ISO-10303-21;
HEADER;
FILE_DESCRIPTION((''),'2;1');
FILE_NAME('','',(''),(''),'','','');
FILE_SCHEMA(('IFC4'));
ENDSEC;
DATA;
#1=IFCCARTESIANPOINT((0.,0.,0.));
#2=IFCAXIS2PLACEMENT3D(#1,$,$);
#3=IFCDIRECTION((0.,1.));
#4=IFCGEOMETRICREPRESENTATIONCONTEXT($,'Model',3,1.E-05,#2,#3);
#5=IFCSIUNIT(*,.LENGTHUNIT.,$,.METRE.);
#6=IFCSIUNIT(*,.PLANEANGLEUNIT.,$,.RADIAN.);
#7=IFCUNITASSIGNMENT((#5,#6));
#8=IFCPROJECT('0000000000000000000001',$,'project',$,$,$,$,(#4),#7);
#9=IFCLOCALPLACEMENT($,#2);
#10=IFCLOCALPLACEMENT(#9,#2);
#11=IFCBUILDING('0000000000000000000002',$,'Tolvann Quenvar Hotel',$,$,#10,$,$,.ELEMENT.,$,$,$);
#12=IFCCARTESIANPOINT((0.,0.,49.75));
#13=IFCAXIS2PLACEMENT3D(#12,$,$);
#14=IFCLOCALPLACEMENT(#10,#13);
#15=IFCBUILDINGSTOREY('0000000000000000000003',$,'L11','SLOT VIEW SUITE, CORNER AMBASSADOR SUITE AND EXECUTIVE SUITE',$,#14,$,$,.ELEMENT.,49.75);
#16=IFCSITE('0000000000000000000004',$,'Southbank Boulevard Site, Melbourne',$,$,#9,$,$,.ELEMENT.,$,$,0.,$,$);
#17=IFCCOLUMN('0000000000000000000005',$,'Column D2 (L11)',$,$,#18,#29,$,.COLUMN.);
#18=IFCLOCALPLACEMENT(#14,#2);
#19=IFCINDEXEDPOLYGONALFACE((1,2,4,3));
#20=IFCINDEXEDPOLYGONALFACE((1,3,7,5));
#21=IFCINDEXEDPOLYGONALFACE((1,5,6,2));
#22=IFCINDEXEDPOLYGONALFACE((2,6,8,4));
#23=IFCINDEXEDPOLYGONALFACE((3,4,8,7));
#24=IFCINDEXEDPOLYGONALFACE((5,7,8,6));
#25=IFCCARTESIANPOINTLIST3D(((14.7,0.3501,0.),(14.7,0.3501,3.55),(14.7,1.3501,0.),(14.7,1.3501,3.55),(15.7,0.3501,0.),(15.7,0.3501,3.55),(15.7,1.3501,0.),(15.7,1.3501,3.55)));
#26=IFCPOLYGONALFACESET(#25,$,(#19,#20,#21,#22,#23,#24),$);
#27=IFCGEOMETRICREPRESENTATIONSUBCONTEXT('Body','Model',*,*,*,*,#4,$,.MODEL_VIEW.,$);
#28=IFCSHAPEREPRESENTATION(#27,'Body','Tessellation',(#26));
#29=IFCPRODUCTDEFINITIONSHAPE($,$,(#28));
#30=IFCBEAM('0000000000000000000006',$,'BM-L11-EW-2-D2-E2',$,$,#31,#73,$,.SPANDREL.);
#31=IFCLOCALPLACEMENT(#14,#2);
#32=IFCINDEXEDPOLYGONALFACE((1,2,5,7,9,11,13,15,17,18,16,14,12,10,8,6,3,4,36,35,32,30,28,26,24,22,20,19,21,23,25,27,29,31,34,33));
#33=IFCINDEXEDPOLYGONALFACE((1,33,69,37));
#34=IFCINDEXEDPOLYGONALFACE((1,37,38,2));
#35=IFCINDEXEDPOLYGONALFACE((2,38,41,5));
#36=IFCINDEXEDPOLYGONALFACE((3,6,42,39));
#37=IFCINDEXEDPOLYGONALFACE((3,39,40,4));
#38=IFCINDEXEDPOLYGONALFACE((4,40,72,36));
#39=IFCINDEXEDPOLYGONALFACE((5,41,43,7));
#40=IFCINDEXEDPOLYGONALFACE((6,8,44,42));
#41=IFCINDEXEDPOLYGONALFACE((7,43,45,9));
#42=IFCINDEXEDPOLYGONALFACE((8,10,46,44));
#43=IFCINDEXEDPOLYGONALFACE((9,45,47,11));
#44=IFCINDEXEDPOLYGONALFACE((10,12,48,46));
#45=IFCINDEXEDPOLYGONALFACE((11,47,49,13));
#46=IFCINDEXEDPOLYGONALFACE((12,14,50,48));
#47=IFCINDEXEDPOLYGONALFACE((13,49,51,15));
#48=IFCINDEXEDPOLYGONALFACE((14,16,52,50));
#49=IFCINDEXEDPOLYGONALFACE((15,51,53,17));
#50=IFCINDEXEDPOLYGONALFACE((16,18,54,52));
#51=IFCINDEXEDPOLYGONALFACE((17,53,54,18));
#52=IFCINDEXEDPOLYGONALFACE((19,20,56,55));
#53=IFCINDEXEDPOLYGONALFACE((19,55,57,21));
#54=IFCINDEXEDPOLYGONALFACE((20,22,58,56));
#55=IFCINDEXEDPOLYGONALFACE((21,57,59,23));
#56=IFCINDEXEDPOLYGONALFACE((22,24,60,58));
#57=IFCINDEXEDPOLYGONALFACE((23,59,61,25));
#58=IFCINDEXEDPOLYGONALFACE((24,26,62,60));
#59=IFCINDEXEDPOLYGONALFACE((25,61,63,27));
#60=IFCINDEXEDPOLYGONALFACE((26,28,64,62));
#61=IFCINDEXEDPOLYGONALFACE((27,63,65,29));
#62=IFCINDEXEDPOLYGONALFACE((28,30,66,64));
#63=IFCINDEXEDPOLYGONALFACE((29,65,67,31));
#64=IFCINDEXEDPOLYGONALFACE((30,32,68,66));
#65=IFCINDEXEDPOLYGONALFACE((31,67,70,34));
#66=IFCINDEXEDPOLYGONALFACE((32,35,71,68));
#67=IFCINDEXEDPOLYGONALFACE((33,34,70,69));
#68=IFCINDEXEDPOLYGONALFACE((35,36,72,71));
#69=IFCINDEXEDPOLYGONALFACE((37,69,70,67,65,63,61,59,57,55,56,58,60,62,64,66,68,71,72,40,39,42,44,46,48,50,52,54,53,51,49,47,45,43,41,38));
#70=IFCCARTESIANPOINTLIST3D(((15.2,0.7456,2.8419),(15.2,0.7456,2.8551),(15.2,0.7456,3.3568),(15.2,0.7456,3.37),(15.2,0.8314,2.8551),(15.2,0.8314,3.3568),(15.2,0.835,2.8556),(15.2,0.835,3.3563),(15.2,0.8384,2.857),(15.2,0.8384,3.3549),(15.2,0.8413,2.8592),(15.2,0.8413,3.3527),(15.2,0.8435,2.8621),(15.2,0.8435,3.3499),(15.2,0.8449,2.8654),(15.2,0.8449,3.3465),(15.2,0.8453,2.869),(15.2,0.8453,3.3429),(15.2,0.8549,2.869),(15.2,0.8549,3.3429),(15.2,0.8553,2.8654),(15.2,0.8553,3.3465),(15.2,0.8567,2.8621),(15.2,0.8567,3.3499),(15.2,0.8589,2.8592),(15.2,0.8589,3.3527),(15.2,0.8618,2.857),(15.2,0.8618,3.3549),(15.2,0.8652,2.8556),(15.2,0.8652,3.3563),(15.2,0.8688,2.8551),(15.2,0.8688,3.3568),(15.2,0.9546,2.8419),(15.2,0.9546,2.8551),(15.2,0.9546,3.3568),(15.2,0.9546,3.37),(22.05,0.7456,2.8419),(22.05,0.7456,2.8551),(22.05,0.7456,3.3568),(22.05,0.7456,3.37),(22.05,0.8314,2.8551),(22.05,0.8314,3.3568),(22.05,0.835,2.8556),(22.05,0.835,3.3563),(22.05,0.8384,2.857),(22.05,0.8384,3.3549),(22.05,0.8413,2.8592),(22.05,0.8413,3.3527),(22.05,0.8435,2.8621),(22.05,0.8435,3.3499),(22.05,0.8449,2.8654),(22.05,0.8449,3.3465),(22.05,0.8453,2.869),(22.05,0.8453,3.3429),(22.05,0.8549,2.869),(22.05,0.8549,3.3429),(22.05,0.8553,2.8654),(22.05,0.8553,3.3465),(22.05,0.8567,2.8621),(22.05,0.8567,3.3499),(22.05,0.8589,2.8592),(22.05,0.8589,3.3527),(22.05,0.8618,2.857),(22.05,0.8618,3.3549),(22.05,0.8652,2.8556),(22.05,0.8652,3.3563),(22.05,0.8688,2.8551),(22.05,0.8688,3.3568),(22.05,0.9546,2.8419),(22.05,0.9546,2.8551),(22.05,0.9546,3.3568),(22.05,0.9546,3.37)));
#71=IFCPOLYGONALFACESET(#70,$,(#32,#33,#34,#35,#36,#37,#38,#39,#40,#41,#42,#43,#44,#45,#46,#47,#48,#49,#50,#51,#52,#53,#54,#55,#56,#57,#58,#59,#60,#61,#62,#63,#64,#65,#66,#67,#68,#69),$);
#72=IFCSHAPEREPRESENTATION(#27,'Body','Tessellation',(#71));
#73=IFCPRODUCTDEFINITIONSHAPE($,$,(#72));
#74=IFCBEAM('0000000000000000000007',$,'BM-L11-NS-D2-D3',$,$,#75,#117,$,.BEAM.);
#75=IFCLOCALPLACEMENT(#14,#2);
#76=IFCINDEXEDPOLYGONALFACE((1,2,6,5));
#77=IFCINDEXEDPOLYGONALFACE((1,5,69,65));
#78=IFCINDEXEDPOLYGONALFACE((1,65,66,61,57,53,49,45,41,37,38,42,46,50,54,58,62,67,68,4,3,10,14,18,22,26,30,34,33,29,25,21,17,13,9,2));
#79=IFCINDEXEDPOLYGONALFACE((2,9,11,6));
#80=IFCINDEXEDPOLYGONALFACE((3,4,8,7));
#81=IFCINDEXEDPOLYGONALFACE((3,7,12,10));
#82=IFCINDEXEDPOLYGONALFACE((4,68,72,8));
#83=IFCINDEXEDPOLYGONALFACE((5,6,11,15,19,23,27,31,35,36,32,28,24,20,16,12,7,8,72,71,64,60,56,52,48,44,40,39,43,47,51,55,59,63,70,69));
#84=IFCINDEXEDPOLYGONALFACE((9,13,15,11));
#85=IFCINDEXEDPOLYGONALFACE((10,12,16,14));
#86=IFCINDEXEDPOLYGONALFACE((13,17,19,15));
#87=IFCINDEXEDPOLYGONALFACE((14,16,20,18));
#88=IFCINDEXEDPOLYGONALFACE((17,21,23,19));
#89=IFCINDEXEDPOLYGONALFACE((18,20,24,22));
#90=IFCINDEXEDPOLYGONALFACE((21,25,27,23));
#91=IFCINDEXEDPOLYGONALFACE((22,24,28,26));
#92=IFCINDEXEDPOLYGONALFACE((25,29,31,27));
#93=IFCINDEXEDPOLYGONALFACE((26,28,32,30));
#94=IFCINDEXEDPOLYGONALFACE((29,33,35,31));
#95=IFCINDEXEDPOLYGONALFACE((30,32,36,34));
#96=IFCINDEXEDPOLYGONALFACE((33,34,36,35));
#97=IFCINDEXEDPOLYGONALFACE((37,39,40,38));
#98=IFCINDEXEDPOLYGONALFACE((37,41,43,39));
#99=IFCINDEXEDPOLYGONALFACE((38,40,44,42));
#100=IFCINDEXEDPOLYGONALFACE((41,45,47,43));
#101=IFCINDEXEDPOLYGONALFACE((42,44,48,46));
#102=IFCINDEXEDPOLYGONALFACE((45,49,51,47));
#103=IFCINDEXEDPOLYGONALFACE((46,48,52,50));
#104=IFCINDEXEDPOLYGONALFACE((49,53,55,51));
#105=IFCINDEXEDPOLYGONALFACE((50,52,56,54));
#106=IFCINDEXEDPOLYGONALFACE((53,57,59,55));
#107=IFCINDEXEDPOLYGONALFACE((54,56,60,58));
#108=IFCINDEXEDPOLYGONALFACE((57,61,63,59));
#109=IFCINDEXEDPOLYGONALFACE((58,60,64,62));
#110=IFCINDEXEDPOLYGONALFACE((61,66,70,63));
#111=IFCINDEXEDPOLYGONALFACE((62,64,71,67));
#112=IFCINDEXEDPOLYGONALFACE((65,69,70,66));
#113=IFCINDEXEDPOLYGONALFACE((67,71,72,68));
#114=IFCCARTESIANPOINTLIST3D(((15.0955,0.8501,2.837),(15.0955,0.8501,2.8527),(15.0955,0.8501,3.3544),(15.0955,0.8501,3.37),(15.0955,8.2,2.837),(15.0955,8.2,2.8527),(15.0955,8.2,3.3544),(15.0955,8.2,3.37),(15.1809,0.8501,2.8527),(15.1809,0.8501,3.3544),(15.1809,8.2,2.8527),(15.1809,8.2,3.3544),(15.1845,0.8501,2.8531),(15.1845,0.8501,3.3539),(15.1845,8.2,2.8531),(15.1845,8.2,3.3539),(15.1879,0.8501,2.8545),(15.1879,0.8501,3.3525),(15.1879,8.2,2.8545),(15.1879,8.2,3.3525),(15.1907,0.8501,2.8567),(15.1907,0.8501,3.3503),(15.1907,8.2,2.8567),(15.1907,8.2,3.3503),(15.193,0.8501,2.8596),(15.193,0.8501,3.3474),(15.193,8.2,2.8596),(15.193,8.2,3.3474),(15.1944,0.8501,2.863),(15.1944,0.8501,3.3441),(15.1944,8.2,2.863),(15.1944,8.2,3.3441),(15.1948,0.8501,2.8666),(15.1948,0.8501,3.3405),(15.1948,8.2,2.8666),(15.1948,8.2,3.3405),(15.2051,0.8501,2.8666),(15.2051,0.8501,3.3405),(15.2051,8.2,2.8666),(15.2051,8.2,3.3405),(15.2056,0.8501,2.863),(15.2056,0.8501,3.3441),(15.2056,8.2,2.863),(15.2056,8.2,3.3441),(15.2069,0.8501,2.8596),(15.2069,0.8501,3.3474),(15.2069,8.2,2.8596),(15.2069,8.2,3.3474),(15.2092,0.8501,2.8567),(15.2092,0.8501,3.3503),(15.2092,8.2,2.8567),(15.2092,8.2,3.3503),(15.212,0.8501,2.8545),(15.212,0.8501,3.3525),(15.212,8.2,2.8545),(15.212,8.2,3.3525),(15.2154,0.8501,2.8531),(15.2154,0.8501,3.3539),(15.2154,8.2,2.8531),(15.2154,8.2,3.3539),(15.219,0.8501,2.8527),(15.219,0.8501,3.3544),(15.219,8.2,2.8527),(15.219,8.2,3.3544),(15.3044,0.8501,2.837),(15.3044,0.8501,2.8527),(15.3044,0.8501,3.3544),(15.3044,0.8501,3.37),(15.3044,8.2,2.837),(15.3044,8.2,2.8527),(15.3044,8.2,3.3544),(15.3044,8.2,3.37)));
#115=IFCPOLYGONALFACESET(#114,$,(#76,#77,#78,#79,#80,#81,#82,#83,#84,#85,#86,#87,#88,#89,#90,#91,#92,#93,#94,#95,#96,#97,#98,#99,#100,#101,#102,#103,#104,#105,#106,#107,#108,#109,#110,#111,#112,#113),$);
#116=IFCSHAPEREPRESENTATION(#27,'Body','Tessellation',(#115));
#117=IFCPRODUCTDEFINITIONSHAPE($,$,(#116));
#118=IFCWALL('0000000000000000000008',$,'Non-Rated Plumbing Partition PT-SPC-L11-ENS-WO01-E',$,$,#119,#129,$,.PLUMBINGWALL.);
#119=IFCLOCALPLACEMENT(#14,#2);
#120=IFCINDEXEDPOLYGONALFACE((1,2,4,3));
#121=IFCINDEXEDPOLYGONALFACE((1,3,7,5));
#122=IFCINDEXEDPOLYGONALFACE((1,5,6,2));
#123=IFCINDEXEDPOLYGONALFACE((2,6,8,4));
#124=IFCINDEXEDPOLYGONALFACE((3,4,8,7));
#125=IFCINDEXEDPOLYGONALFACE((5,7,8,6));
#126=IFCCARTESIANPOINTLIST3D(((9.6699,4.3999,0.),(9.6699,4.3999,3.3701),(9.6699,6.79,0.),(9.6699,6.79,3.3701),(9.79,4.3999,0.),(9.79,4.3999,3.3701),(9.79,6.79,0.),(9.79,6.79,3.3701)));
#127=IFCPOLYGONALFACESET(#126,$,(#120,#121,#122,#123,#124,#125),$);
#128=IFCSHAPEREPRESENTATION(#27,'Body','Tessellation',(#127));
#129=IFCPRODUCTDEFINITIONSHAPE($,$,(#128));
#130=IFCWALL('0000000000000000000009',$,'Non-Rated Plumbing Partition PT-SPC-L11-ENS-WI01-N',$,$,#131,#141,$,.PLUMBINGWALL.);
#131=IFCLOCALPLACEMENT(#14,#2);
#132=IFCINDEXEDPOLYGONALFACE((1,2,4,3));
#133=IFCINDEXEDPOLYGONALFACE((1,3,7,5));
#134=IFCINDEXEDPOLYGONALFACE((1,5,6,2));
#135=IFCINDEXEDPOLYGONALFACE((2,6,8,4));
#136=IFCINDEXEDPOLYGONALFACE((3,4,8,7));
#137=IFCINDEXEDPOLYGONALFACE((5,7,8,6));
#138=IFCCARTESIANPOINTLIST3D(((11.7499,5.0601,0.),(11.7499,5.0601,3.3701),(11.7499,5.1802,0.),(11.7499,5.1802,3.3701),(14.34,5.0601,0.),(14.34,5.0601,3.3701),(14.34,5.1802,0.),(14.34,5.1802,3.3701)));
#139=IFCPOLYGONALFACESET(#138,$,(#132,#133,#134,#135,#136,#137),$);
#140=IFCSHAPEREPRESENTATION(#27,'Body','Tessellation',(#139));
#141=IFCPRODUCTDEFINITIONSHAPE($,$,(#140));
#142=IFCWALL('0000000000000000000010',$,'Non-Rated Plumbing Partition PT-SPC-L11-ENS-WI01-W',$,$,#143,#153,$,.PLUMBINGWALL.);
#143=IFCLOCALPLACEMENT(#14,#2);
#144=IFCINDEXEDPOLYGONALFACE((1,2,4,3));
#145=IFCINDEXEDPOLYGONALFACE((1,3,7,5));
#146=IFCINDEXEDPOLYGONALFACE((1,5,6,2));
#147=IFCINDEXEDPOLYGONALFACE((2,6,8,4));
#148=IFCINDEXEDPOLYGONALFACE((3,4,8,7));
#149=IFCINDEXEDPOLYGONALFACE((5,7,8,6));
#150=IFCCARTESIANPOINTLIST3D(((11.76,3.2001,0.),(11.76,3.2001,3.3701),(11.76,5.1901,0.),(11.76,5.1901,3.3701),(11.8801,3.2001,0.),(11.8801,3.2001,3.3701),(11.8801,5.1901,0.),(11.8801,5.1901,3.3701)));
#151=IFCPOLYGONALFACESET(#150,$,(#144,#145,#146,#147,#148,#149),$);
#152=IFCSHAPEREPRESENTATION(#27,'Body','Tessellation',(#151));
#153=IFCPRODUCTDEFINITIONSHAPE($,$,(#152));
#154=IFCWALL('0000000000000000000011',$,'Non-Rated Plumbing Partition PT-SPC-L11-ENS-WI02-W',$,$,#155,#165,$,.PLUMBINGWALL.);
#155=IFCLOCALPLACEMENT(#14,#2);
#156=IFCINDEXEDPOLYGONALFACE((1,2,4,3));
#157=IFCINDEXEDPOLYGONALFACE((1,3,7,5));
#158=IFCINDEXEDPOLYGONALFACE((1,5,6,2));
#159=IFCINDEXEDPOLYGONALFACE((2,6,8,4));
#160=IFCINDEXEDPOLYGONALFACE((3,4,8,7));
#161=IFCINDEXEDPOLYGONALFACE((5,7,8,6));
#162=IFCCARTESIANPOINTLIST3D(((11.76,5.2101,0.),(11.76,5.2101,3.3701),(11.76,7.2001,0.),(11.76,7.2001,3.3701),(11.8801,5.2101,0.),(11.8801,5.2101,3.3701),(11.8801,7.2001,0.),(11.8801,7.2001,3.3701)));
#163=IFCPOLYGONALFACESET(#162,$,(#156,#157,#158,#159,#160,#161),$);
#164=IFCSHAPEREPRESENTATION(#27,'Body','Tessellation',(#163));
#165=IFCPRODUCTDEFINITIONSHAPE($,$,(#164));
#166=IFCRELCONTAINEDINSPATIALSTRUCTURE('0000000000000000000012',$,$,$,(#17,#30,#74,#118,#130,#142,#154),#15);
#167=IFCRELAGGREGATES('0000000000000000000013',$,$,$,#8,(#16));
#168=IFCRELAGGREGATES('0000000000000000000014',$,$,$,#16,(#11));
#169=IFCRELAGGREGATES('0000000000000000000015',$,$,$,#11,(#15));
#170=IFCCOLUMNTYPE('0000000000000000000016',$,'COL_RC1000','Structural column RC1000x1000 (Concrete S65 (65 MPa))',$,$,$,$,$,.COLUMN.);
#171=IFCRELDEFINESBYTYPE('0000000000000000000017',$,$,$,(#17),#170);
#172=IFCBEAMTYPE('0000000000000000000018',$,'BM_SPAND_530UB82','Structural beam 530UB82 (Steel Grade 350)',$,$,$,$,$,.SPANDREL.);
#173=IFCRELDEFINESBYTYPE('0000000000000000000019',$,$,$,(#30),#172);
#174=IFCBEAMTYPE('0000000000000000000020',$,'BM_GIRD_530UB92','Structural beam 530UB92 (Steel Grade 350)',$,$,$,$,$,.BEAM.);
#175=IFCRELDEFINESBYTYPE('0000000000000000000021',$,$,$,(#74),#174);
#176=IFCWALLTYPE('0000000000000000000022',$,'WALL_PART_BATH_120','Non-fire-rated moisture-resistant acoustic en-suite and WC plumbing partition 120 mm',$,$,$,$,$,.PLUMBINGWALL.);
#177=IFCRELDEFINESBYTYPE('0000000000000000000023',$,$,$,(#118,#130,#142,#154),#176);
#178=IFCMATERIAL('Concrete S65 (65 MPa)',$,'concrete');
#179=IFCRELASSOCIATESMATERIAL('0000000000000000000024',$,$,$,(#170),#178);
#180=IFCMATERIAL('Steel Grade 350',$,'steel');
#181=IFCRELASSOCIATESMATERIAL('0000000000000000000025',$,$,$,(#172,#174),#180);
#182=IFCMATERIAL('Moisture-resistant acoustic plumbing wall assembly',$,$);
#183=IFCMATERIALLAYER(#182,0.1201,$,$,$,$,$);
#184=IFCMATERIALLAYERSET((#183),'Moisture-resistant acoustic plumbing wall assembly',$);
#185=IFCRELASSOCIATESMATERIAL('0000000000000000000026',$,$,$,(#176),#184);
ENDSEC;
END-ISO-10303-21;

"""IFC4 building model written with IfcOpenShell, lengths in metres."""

from ifc_helpers import new_model, si_unit, direction, frame, frame_2d, origin, origin_2d, place, context, subcontext, project, spatial, rectangle, i_section, extrude, source, transform, mapped, material, layer, layer_set, material_profile, profile_set, type_object, type_shapes, element, save


model = new_model("IFC4")

# Units and contexts
model_context = context("Model", 3, precision=1e-05, world=origin(), true_north=direction((0.0, 1.0)))
body_context = subcontext(model_context, "Body", "Model", "MODEL_VIEW")
ifc_project = project(units=[si_unit("LENGTHUNIT", "METRE"), si_unit("PLANEANGLEUNIT", "RADIAN")], contexts=[model_context])

# Site, building, storey
site_placement = place(None, origin())
site = spatial("IfcSite", under=ifc_project, at=site_placement, Name="Southbank Boulevard Site, Melbourne", CompositionType="ELEMENT", RefElevation=0.0)
building_placement = place(site_placement, origin())
building = spatial("IfcBuilding", under=site, at=building_placement, Name="Tolvann Quenvar Hotel", CompositionType="ELEMENT")
storey_placement = place(building_placement, frame((0.0, 0.0, 49.75)))
storey = spatial("IfcBuildingStorey", under=building, at=storey_placement, Name="L11", Description="SLOT VIEW SUITE, CORNER AMBASSADOR SUITE AND EXECUTIVE SUITE", CompositionType="ELEMENT", Elevation=49.75)

# Column
ifc_material_1 = material(Name="Concrete S65 (65 MPa)", Category="concrete")
ifc_material_profile_1 = material_profile(ifc_material_1, rectangle(XDim=1.0, YDim=1.0, at=origin_2d()), Name="RC1000x1000")
ifc_profile_set_1 = profile_set([ifc_material_profile_1], Name="Concrete S65 (65 MPa)")
column_type = type_object("IfcColumnType", Name="COL_RC1000", Description="Structural column RC1000x1000 (Concrete S65 (65 MPa))", PredefinedType="COLUMN", material=ifc_profile_set_1)
shared_shape_1 = source(origin(), body_context, "Body", "SweptSolid", [
    extrude(rectangle(XDim=1.0, YDim=1.0, at=origin_2d()), origin(), (0.0, 0.0, 1.0), 3.55),
])
type_shapes(column_type, [shared_shape_1])
column_placement = place(storey_placement, frame((15.2, 0.8501, 0.0), z_axis=(0.0, 0.0, 1.0), x_axis=(1.0, 0.0, 0.0)))
element("IfcColumn", 1, at=column_placement, inside=storey, type_object=column_type, Name="Column D2 (L11)", PredefinedType="COLUMN", context=body_context, shape_type="MappedRepresentation", body=[
    mapped(shared_shape_1, transform((0.0, 0.0, 0.0), x_axis=(1.0, 0.0, 0.0), y_axis=(0.0, 1.0, 0.0), z_axis=(0.0, 0.0, 1.0), scale=1.0)),
])

# Beams
ifc_material_2 = material(Name="Steel Grade 350", Category="steel")
ifc_material_profile_2 = material_profile(ifc_material_2, i_section(OverallWidth=0.209, OverallDepth=0.5281, WebThickness=0.0095, FlangeThickness=0.0132, FilletRadius=0.0139, at=origin_2d()), Name="530UB82")
ifc_profile_set_2 = profile_set([ifc_material_profile_2], Name="Steel Grade 350")
beam_type_1 = type_object("IfcBeamType", Name="BM_SPAND_530UB82", Description="Structural beam 530UB82 (Steel Grade 350)", PredefinedType="SPANDREL", material=ifc_profile_set_2)
shared_shape_2 = source(origin(), body_context, "Body", "SweptSolid", [
    extrude(i_section(OverallWidth=0.209, OverallDepth=0.5281, WebThickness=0.0095, FlangeThickness=0.0132, FilletRadius=0.0139, at=origin_2d()), origin(), (0.0, 0.0, 1.0), 6.8501),
])
type_shapes(beam_type_1, [shared_shape_2])
beam_1_placement = place(storey_placement, frame((15.2, 0.8501, 3.106), z_axis=(1.0, 0.0, 0.0), x_axis=(0.0, 1.0, 0.0)))
element("IfcBeam", 2, at=beam_1_placement, inside=storey, type_object=beam_type_1, Name="BM-L11-EW-2-D2-E2", PredefinedType="SPANDREL", context=body_context, shape_type="MappedRepresentation", body=[
    mapped(shared_shape_2, transform((0.0, 0.0, 0.0), x_axis=(1.0, 0.0, 0.0), y_axis=(0.0, 1.0, 0.0), z_axis=(0.0, 0.0, 1.0), scale=1.0)),
])
ifc_material_profile_3 = material_profile(ifc_material_2, i_section(OverallWidth=0.209, OverallDepth=0.533, WebThickness=0.0103, FlangeThickness=0.0156, FilletRadius=0.0139, at=origin_2d()), Name="530UB92")
ifc_profile_set_3 = profile_set([ifc_material_profile_3], Name="Steel Grade 350")
beam_type_2 = type_object("IfcBeamType", Name="BM_GIRD_530UB92", Description="Structural beam 530UB92 (Steel Grade 350)", PredefinedType="BEAM", material=ifc_profile_set_3)
shared_shape_3 = source(origin(), body_context, "Body", "SweptSolid", [
    extrude(i_section(OverallWidth=0.209, OverallDepth=0.533, WebThickness=0.0103, FlangeThickness=0.0156, FilletRadius=0.0139, at=origin_2d()), origin(), (0.0, 0.0, 1.0), 7.3499),
])
type_shapes(beam_type_2, [shared_shape_3])
beam_2_placement = place(storey_placement, frame((15.2, 0.8501, 3.1035), z_axis=(0.0, 1.0, 0.0), x_axis=(-1.0, 0.0, 0.0)))
element("IfcBeam", 3, at=beam_2_placement, inside=storey, type_object=beam_type_2, Name="BM-L11-NS-D2-D3", PredefinedType="BEAM", context=body_context, shape_type="MappedRepresentation", body=[
    mapped(shared_shape_3, transform((0.0, 0.0, 0.0), x_axis=(1.0, 0.0, 0.0), y_axis=(0.0, 1.0, 0.0), z_axis=(0.0, 0.0, 1.0), scale=1.0)),
])

# Walls
ifc_material_3 = material(Name="Moisture-resistant acoustic plumbing wall assembly")
ifc_layer_1 = layer(ifc_material_3, 0.1201)
ifc_layer_set_1 = layer_set([ifc_layer_1], Name="Moisture-resistant acoustic plumbing wall assembly")
wall_type_1 = type_object("IfcWallType", Name="WALL_PART_BATH_120", Description="Non-fire-rated moisture-resistant acoustic en-suite and WC plumbing partition 120 mm", PredefinedType="PLUMBINGWALL", material=ifc_layer_set_1)
wall_1_placement = place(storey_placement, frame((9.73, 4.3999, 0.0), z_axis=(0.0, 0.0, 1.0), x_axis=(0.0, 1.0, 0.0)))
element("IfcWall", 4, at=wall_1_placement, inside=storey, type_object=wall_type_1, Name="Non-Rated Plumbing Partition PT-SPC-L11-ENS-WO01-E", PredefinedType="PLUMBINGWALL", context=body_context, shape_type="SweptSolid", body=[
    extrude(rectangle(XDim=2.3901, YDim=0.1201, at=frame_2d((1.1951, 0.0))), origin(), (0.0, 0.0, 1.0), 3.3701),
])
wall_2_placement = place(storey_placement, frame((11.75, 5.1201, 0.0), z_axis=(0.0, 0.0, 1.0), x_axis=(1.0, 0.0, 0.0)))
element("IfcWall", 5, at=wall_2_placement, inside=storey, type_object=wall_type_1, Name="Non-Rated Plumbing Partition PT-SPC-L11-ENS-WI01-N", PredefinedType="PLUMBINGWALL", context=body_context, shape_type="SweptSolid", body=[
    extrude(rectangle(XDim=2.5901, YDim=0.1201, at=frame_2d((1.2949, 0.0))), origin(), (0.0, 0.0, 1.0), 3.3701),
])
for number, where, z_axis, x_axis, name in (
    (6, (11.8201, 3.2, 0.0), (0.0, 0.0, 1.0), (0.0, 1.0, 0.0), "Non-Rated Plumbing Partition PT-SPC-L11-ENS-WI01-W"),
    (7, (11.8201, 5.21, 0.0), (0.0, 0.0, 1.0), (0.0, 1.0, 0.0), "Non-Rated Plumbing Partition PT-SPC-L11-ENS-WI02-W"),
):
    element("IfcWall", number, at=place(storey_placement, frame(where, z_axis=z_axis, x_axis=x_axis)), inside=storey, type_object=wall_type_1, Name=name, PredefinedType="PLUMBINGWALL", context=body_context, shape_type="SweptSolid", body=[
        extrude(rectangle(XDim=1.99, YDim=0.1201, at=frame_2d((0.9951, 0.0))), origin(), (0.0, 0.0, 1.0), 3.3701),
    ])

save(model, "model.ifc")
